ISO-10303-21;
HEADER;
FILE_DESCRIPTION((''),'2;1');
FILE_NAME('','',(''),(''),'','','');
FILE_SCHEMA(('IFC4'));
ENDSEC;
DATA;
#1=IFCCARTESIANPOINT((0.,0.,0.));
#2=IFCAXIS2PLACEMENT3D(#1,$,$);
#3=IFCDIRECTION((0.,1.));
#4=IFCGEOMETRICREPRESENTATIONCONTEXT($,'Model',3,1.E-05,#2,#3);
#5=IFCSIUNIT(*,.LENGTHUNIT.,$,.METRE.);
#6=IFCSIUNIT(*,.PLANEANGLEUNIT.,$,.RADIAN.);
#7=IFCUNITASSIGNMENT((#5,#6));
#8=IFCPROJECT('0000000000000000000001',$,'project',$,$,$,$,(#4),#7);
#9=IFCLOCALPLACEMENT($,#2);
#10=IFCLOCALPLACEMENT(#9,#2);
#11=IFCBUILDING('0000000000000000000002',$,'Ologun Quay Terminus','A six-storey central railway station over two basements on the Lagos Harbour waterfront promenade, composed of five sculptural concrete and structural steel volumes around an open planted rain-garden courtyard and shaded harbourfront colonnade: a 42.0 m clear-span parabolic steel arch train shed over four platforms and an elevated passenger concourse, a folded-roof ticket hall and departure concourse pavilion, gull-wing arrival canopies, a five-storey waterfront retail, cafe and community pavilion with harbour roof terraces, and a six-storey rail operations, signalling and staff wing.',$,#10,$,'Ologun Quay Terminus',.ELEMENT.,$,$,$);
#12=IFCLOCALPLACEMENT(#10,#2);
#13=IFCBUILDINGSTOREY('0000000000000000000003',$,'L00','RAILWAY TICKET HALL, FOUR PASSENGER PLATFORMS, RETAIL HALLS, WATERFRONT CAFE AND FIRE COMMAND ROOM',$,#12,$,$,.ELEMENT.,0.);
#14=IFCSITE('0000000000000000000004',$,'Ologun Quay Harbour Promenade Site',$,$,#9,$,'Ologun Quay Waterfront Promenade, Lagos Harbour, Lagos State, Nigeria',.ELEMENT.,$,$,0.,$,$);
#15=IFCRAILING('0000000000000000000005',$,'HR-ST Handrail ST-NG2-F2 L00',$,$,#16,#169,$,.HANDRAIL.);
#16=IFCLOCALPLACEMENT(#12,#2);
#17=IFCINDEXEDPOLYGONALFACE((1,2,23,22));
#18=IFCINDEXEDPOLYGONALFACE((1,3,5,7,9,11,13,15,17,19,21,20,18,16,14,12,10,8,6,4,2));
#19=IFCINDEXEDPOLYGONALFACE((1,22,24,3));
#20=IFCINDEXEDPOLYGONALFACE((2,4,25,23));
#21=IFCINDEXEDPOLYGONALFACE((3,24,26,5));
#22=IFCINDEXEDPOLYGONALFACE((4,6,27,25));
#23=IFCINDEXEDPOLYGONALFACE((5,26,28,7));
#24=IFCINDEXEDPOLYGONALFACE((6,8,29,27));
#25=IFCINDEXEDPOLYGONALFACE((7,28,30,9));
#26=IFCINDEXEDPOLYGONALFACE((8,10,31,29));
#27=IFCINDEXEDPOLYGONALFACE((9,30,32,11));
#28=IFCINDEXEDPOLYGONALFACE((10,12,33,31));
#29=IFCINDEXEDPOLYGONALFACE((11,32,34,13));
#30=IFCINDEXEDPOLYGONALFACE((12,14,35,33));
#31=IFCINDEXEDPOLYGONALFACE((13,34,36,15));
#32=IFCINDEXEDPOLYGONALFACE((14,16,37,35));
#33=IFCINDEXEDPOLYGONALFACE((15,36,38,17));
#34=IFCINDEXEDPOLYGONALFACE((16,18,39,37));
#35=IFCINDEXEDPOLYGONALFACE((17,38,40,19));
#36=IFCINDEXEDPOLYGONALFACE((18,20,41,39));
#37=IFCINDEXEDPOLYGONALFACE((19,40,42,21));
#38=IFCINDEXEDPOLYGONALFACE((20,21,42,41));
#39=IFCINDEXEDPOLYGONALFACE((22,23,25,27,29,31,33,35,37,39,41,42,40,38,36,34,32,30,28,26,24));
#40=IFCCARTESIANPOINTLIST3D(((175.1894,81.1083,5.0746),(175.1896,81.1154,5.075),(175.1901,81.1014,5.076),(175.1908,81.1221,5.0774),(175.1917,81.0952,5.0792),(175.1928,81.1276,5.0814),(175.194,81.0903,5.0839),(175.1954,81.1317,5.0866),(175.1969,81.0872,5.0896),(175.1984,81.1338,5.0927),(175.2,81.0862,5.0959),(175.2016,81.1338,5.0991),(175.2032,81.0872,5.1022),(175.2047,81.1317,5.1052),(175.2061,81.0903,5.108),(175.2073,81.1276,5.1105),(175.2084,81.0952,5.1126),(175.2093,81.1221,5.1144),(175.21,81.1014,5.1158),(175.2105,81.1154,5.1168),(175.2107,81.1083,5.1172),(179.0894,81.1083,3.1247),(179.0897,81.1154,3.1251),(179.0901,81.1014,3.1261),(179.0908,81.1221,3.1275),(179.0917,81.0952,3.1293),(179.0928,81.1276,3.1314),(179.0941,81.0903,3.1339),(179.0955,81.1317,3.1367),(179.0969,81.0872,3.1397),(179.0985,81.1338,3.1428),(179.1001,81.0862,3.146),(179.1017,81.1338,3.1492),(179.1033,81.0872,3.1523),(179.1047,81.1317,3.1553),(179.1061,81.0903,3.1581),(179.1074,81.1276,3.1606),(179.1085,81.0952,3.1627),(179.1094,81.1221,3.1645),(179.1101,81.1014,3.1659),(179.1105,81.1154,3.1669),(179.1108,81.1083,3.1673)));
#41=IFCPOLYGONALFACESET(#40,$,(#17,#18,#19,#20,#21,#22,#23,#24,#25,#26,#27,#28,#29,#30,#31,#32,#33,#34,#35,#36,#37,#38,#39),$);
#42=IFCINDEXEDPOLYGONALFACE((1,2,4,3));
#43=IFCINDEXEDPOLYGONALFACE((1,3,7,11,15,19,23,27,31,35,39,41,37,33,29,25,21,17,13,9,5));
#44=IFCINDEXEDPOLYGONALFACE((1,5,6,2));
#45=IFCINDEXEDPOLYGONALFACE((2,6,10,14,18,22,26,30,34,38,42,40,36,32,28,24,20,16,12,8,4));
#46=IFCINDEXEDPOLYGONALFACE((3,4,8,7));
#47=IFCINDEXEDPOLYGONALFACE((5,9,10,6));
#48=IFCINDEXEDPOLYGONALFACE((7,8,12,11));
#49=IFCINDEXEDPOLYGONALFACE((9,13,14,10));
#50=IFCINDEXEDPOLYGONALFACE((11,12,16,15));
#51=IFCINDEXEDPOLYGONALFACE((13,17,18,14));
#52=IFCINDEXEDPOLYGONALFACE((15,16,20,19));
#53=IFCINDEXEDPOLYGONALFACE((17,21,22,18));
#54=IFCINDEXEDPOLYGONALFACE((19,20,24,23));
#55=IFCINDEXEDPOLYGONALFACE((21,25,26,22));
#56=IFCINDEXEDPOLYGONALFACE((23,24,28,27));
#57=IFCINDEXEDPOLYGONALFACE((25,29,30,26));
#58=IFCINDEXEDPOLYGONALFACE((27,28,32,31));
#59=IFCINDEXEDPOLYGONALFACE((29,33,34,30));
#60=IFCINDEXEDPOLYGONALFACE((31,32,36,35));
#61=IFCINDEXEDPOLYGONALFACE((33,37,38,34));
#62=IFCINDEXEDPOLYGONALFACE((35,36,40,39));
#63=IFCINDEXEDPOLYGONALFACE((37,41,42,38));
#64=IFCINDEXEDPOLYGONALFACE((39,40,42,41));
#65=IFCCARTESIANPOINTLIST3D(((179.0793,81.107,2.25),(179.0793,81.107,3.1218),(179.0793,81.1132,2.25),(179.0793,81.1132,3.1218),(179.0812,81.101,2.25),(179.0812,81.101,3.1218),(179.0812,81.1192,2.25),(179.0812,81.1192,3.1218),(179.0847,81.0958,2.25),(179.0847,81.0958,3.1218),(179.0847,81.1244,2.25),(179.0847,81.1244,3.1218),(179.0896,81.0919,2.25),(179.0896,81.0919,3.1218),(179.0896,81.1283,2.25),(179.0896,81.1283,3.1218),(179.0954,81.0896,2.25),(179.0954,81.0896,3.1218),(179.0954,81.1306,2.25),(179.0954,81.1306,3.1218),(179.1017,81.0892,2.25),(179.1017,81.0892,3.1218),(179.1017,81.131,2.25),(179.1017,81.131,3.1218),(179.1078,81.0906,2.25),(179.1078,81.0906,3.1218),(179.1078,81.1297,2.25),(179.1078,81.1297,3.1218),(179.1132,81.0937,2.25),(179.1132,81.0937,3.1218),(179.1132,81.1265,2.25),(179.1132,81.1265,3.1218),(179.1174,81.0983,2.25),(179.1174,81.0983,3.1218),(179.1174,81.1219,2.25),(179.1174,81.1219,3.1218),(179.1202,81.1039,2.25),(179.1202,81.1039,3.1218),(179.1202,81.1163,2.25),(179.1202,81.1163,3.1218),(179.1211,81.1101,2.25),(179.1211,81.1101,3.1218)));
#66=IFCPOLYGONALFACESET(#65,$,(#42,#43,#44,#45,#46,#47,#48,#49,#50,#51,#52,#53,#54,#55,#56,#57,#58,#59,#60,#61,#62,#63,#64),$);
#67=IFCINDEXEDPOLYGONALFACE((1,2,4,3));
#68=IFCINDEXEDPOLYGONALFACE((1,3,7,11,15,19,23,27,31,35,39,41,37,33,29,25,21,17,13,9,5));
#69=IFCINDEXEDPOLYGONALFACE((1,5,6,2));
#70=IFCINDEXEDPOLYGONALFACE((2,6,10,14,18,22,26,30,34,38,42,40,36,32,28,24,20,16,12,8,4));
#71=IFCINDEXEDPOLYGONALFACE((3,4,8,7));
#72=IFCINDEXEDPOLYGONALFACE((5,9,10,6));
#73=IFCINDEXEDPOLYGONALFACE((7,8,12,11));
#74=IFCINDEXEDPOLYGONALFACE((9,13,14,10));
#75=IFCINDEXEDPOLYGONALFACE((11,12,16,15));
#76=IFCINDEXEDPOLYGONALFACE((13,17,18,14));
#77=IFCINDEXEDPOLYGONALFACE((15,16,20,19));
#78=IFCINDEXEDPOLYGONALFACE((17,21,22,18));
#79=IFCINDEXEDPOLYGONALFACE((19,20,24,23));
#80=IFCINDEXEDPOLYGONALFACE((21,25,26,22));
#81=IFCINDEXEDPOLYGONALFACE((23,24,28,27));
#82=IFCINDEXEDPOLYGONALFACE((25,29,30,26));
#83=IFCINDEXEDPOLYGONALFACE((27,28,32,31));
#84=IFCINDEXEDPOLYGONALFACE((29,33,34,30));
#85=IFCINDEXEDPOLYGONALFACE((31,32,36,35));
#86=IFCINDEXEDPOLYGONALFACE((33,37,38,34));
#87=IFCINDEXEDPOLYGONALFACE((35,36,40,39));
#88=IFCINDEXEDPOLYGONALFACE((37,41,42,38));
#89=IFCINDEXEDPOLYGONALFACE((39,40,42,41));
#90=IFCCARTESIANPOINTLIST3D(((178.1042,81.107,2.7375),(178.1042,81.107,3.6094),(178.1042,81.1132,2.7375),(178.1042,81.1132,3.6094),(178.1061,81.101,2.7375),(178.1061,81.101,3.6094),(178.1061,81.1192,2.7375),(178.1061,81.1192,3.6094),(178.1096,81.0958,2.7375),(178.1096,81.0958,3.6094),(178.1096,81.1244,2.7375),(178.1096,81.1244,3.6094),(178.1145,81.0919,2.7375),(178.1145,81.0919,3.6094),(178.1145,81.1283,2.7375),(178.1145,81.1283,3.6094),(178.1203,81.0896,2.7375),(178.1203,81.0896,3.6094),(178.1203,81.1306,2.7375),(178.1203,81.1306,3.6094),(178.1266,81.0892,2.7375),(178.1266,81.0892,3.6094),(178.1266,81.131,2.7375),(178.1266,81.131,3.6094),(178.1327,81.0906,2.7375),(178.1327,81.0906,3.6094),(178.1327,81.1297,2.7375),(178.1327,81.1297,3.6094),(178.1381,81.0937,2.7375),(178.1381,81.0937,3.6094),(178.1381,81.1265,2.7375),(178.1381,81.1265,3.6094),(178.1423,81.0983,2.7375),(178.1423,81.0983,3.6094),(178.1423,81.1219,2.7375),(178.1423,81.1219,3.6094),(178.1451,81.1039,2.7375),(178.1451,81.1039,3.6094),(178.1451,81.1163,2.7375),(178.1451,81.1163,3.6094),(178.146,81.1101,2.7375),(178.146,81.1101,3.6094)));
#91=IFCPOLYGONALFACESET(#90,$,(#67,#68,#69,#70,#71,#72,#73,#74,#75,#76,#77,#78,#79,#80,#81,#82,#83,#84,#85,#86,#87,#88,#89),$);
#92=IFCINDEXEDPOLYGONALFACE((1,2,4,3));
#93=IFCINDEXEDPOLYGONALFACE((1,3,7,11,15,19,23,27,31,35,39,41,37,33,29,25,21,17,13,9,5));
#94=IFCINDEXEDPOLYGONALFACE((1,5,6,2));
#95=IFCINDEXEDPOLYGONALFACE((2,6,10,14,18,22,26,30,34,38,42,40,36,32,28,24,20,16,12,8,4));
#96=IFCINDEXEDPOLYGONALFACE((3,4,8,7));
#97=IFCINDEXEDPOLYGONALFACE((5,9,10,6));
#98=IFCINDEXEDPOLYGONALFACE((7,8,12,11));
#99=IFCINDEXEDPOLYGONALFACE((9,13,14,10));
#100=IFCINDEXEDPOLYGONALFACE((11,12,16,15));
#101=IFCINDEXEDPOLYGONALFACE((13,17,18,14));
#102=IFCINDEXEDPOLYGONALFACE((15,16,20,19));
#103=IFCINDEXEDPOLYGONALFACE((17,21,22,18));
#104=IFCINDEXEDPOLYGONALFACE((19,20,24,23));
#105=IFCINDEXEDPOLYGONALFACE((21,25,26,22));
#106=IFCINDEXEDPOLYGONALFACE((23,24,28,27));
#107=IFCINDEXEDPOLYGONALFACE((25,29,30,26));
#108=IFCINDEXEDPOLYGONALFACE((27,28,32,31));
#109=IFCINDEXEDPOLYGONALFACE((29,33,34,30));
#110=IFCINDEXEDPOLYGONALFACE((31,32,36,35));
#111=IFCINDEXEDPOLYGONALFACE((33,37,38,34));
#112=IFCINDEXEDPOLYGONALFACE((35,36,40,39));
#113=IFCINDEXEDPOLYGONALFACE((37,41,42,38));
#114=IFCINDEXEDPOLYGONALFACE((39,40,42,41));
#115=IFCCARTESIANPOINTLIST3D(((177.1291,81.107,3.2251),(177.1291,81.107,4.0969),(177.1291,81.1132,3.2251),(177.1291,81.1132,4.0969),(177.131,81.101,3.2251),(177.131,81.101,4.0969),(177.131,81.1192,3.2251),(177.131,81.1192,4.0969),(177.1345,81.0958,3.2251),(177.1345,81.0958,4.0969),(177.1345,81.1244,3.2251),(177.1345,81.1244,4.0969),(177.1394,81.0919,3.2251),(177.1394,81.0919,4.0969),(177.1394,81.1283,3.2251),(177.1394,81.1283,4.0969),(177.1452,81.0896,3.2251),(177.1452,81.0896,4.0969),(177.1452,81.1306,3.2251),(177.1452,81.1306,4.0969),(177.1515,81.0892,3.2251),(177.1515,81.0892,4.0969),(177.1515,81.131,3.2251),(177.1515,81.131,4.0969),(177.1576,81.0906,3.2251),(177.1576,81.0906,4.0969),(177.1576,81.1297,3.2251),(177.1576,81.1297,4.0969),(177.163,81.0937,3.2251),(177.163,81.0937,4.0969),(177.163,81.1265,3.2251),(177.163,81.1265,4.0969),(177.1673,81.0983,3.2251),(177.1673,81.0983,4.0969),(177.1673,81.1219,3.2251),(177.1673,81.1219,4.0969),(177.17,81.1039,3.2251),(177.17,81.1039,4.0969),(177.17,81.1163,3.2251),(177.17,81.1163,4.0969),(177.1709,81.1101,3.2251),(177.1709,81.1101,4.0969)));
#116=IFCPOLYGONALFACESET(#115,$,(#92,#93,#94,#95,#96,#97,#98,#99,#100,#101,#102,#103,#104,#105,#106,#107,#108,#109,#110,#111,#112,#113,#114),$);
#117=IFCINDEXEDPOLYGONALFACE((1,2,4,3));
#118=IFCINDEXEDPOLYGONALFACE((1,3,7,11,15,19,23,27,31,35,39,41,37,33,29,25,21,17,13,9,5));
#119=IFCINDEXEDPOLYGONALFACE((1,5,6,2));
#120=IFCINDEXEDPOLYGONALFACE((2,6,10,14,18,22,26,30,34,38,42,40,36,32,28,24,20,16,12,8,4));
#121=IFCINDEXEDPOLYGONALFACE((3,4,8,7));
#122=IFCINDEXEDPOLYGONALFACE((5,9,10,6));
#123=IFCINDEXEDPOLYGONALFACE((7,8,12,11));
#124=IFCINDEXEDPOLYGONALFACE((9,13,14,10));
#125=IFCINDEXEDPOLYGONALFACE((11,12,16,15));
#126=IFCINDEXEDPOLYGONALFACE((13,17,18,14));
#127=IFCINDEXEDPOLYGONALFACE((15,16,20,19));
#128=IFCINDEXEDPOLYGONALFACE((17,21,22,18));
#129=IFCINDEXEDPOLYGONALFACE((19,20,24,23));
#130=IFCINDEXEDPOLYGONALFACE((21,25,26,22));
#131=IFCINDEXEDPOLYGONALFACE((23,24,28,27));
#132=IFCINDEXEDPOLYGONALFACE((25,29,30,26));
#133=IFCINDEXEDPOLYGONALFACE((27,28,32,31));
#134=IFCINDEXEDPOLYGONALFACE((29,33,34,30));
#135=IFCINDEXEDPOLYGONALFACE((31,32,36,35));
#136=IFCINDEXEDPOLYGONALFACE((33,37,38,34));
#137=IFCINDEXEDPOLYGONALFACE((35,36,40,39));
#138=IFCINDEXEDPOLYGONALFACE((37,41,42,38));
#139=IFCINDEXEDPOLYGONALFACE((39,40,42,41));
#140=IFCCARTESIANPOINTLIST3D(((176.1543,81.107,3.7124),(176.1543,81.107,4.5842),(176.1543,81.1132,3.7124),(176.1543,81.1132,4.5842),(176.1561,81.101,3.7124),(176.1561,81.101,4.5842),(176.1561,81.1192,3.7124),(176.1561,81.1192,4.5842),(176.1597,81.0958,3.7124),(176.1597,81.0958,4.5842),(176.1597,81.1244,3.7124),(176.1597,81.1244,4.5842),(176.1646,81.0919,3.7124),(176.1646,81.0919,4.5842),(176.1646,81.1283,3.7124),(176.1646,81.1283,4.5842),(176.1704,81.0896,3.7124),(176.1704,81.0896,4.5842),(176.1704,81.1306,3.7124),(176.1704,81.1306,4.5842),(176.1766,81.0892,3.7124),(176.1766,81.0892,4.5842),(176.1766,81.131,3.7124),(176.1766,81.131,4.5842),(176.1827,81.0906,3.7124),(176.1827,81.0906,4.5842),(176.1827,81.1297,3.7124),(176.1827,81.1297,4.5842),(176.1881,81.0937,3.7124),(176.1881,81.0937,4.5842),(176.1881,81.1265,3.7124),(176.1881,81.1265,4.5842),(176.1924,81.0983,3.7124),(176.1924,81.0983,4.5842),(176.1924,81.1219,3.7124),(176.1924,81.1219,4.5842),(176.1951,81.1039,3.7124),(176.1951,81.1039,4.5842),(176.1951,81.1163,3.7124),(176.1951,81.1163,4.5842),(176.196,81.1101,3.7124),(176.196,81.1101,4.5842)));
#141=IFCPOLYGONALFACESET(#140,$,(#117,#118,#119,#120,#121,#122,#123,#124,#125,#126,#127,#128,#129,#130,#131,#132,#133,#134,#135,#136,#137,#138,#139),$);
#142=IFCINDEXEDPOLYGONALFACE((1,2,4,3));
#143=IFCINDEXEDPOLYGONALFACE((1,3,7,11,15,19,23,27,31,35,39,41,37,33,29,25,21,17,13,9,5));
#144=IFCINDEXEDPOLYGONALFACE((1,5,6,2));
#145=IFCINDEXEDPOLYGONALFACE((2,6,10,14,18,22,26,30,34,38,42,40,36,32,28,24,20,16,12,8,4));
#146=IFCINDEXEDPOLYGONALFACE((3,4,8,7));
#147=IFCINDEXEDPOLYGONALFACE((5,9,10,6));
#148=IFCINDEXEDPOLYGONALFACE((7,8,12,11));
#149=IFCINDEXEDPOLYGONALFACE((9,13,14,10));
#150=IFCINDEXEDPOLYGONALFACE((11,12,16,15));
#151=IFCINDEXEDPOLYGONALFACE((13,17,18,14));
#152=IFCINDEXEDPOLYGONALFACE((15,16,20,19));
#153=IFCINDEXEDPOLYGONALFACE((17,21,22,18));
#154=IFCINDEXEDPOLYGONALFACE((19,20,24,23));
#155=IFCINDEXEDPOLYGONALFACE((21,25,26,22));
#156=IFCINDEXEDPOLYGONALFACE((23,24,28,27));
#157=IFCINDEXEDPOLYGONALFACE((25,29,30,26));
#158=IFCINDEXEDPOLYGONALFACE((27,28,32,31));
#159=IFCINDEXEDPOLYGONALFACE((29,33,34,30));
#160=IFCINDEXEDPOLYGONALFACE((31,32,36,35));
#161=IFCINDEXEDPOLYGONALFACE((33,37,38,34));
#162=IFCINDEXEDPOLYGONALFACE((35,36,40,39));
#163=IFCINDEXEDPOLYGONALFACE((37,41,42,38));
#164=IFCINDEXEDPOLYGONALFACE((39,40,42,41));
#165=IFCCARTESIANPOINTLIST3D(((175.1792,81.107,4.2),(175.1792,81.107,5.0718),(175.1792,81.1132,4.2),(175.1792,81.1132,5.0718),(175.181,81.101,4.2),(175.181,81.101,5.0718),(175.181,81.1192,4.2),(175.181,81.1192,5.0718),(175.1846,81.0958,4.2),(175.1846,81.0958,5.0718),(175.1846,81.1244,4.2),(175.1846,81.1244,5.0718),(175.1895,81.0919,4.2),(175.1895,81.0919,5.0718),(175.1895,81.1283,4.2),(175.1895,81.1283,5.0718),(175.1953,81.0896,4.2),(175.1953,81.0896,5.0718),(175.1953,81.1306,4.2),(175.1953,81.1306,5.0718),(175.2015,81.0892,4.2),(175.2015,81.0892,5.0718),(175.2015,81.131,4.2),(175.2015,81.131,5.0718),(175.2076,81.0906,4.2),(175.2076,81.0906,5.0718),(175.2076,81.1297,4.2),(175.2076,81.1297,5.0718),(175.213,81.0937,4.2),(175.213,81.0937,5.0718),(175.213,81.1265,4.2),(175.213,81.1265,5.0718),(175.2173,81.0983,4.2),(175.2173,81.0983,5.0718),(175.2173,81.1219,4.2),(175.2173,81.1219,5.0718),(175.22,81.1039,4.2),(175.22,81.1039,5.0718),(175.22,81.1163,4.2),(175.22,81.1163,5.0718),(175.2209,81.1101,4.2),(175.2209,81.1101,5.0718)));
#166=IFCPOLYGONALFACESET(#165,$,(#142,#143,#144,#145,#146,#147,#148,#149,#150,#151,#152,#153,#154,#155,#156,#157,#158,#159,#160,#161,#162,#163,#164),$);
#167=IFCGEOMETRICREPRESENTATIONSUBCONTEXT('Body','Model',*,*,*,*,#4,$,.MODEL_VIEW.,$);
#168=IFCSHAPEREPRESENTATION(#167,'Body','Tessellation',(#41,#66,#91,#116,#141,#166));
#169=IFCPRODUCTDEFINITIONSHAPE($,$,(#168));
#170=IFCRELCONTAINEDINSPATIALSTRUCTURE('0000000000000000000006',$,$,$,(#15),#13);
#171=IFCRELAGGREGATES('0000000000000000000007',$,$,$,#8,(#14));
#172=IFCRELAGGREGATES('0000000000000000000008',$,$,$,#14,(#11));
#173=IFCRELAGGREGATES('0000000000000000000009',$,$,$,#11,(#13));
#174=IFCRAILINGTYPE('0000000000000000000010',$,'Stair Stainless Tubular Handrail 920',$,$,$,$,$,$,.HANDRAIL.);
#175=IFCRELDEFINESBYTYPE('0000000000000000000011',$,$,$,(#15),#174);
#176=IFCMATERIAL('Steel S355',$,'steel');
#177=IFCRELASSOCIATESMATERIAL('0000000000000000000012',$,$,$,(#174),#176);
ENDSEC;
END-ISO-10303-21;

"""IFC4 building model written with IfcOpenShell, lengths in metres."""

from ifc_helpers import new_model, si_unit, direction, frame, origin, origin_2d, place, context, subcontext, project, spatial, circle, extrude, material, type_object, element, save


model = new_model("IFC4")

# Units and contexts
model_context = context("Model", 3, precision=1e-05, world=origin(), true_north=direction((0.0, 1.0)))
body_context = subcontext(model_context, "Body", "Model", "MODEL_VIEW")
ifc_project = project(units=[si_unit("LENGTHUNIT", "METRE"), si_unit("PLANEANGLEUNIT", "RADIAN")], contexts=[model_context])

# Site, building, storey
site_placement = place(None, origin())
site = spatial("IfcSite", under=ifc_project, at=site_placement, Name="Ologun Quay Harbour Promenade Site", LongName="Ologun Quay Waterfront Promenade, Lagos Harbour, Lagos State, Nigeria", CompositionType="ELEMENT", RefElevation=0.0)
building_placement = place(site_placement, origin())
building = spatial("IfcBuilding", under=site, at=building_placement, Name="Ologun Quay Terminus", Description="A six-storey central railway station over two basements on the Lagos Harbour waterfront promenade, composed of five sculptural concrete and structural steel volumes around an open planted rain-garden courtyard and shaded harbourfront colonnade: a 42.0 m clear-span parabolic steel arch train shed over four platforms and an elevated passenger concourse, a folded-roof ticket hall and departure concourse pavilion, gull-wing arrival canopies, a five-storey waterfront retail, cafe and community pavilion with harbour roof terraces, and a six-storey rail operations, signalling and staff wing.", LongName="Ologun Quay Terminus", CompositionType="ELEMENT")
storey_placement = place(building_placement, origin())
storey = spatial("IfcBuildingStorey", under=building, at=storey_placement, Name="L00", Description="RAILWAY TICKET HALL, FOUR PASSENGER PLATFORMS, RETAIL HALLS, WATERFRONT CAFE AND FIRE COMMAND ROOM", CompositionType="ELEMENT", Elevation=0.0)

# Railing
ifc_material_1 = material(Name="Steel S355", Category="steel")
railing_type_1 = type_object("IfcRailingType", Name="Stair Stainless Tubular Handrail 920", PredefinedType="HANDRAIL", material=ifc_material_1)
railing_1_placement = place(storey_placement, frame((179.1001, 81.1101, 2.25)))
element("IfcRailing", 1, at=railing_1_placement, inside=storey, type_object=railing_type_1, Name="HR-ST Handrail ST-NG2-F2 L00", PredefinedType="HANDRAIL", context=body_context, shape_type="SweptSolid", body=[
    extrude(circle(Radius=0.0239, at=origin_2d()), frame((0.0, 0.0, 0.896), z_axis=(-0.894438, 0.0, 0.447191), x_axis=(0.0, -1.0, 0.0)), (0.0, 0.0, 1.0), 4.3604),
    extrude(circle(Radius=0.021, at=origin_2d()), origin(), (0.0, 0.0, 1.0), 0.8718),
    extrude(circle(Radius=0.021, at=origin_2d()), frame((-0.9751, 0.0, 0.4875)), (0.0, 0.0, 1.0), 0.8718),
    extrude(circle(Radius=0.021, at=origin_2d()), frame((-1.9502, 0.0, 0.9751)), (0.0, 0.0, 1.0), 0.8718),
    extrude(circle(Radius=0.021, at=origin_2d()), frame((-2.925, 0.0, 1.4624)), (0.0, 0.0, 1.0), 0.8718),
    extrude(circle(Radius=0.021, at=origin_2d()), frame((-3.9001, 0.0, 1.95)), (0.0, 0.0, 1.0), 0.8718),
])

save(model, "model.ifc")
